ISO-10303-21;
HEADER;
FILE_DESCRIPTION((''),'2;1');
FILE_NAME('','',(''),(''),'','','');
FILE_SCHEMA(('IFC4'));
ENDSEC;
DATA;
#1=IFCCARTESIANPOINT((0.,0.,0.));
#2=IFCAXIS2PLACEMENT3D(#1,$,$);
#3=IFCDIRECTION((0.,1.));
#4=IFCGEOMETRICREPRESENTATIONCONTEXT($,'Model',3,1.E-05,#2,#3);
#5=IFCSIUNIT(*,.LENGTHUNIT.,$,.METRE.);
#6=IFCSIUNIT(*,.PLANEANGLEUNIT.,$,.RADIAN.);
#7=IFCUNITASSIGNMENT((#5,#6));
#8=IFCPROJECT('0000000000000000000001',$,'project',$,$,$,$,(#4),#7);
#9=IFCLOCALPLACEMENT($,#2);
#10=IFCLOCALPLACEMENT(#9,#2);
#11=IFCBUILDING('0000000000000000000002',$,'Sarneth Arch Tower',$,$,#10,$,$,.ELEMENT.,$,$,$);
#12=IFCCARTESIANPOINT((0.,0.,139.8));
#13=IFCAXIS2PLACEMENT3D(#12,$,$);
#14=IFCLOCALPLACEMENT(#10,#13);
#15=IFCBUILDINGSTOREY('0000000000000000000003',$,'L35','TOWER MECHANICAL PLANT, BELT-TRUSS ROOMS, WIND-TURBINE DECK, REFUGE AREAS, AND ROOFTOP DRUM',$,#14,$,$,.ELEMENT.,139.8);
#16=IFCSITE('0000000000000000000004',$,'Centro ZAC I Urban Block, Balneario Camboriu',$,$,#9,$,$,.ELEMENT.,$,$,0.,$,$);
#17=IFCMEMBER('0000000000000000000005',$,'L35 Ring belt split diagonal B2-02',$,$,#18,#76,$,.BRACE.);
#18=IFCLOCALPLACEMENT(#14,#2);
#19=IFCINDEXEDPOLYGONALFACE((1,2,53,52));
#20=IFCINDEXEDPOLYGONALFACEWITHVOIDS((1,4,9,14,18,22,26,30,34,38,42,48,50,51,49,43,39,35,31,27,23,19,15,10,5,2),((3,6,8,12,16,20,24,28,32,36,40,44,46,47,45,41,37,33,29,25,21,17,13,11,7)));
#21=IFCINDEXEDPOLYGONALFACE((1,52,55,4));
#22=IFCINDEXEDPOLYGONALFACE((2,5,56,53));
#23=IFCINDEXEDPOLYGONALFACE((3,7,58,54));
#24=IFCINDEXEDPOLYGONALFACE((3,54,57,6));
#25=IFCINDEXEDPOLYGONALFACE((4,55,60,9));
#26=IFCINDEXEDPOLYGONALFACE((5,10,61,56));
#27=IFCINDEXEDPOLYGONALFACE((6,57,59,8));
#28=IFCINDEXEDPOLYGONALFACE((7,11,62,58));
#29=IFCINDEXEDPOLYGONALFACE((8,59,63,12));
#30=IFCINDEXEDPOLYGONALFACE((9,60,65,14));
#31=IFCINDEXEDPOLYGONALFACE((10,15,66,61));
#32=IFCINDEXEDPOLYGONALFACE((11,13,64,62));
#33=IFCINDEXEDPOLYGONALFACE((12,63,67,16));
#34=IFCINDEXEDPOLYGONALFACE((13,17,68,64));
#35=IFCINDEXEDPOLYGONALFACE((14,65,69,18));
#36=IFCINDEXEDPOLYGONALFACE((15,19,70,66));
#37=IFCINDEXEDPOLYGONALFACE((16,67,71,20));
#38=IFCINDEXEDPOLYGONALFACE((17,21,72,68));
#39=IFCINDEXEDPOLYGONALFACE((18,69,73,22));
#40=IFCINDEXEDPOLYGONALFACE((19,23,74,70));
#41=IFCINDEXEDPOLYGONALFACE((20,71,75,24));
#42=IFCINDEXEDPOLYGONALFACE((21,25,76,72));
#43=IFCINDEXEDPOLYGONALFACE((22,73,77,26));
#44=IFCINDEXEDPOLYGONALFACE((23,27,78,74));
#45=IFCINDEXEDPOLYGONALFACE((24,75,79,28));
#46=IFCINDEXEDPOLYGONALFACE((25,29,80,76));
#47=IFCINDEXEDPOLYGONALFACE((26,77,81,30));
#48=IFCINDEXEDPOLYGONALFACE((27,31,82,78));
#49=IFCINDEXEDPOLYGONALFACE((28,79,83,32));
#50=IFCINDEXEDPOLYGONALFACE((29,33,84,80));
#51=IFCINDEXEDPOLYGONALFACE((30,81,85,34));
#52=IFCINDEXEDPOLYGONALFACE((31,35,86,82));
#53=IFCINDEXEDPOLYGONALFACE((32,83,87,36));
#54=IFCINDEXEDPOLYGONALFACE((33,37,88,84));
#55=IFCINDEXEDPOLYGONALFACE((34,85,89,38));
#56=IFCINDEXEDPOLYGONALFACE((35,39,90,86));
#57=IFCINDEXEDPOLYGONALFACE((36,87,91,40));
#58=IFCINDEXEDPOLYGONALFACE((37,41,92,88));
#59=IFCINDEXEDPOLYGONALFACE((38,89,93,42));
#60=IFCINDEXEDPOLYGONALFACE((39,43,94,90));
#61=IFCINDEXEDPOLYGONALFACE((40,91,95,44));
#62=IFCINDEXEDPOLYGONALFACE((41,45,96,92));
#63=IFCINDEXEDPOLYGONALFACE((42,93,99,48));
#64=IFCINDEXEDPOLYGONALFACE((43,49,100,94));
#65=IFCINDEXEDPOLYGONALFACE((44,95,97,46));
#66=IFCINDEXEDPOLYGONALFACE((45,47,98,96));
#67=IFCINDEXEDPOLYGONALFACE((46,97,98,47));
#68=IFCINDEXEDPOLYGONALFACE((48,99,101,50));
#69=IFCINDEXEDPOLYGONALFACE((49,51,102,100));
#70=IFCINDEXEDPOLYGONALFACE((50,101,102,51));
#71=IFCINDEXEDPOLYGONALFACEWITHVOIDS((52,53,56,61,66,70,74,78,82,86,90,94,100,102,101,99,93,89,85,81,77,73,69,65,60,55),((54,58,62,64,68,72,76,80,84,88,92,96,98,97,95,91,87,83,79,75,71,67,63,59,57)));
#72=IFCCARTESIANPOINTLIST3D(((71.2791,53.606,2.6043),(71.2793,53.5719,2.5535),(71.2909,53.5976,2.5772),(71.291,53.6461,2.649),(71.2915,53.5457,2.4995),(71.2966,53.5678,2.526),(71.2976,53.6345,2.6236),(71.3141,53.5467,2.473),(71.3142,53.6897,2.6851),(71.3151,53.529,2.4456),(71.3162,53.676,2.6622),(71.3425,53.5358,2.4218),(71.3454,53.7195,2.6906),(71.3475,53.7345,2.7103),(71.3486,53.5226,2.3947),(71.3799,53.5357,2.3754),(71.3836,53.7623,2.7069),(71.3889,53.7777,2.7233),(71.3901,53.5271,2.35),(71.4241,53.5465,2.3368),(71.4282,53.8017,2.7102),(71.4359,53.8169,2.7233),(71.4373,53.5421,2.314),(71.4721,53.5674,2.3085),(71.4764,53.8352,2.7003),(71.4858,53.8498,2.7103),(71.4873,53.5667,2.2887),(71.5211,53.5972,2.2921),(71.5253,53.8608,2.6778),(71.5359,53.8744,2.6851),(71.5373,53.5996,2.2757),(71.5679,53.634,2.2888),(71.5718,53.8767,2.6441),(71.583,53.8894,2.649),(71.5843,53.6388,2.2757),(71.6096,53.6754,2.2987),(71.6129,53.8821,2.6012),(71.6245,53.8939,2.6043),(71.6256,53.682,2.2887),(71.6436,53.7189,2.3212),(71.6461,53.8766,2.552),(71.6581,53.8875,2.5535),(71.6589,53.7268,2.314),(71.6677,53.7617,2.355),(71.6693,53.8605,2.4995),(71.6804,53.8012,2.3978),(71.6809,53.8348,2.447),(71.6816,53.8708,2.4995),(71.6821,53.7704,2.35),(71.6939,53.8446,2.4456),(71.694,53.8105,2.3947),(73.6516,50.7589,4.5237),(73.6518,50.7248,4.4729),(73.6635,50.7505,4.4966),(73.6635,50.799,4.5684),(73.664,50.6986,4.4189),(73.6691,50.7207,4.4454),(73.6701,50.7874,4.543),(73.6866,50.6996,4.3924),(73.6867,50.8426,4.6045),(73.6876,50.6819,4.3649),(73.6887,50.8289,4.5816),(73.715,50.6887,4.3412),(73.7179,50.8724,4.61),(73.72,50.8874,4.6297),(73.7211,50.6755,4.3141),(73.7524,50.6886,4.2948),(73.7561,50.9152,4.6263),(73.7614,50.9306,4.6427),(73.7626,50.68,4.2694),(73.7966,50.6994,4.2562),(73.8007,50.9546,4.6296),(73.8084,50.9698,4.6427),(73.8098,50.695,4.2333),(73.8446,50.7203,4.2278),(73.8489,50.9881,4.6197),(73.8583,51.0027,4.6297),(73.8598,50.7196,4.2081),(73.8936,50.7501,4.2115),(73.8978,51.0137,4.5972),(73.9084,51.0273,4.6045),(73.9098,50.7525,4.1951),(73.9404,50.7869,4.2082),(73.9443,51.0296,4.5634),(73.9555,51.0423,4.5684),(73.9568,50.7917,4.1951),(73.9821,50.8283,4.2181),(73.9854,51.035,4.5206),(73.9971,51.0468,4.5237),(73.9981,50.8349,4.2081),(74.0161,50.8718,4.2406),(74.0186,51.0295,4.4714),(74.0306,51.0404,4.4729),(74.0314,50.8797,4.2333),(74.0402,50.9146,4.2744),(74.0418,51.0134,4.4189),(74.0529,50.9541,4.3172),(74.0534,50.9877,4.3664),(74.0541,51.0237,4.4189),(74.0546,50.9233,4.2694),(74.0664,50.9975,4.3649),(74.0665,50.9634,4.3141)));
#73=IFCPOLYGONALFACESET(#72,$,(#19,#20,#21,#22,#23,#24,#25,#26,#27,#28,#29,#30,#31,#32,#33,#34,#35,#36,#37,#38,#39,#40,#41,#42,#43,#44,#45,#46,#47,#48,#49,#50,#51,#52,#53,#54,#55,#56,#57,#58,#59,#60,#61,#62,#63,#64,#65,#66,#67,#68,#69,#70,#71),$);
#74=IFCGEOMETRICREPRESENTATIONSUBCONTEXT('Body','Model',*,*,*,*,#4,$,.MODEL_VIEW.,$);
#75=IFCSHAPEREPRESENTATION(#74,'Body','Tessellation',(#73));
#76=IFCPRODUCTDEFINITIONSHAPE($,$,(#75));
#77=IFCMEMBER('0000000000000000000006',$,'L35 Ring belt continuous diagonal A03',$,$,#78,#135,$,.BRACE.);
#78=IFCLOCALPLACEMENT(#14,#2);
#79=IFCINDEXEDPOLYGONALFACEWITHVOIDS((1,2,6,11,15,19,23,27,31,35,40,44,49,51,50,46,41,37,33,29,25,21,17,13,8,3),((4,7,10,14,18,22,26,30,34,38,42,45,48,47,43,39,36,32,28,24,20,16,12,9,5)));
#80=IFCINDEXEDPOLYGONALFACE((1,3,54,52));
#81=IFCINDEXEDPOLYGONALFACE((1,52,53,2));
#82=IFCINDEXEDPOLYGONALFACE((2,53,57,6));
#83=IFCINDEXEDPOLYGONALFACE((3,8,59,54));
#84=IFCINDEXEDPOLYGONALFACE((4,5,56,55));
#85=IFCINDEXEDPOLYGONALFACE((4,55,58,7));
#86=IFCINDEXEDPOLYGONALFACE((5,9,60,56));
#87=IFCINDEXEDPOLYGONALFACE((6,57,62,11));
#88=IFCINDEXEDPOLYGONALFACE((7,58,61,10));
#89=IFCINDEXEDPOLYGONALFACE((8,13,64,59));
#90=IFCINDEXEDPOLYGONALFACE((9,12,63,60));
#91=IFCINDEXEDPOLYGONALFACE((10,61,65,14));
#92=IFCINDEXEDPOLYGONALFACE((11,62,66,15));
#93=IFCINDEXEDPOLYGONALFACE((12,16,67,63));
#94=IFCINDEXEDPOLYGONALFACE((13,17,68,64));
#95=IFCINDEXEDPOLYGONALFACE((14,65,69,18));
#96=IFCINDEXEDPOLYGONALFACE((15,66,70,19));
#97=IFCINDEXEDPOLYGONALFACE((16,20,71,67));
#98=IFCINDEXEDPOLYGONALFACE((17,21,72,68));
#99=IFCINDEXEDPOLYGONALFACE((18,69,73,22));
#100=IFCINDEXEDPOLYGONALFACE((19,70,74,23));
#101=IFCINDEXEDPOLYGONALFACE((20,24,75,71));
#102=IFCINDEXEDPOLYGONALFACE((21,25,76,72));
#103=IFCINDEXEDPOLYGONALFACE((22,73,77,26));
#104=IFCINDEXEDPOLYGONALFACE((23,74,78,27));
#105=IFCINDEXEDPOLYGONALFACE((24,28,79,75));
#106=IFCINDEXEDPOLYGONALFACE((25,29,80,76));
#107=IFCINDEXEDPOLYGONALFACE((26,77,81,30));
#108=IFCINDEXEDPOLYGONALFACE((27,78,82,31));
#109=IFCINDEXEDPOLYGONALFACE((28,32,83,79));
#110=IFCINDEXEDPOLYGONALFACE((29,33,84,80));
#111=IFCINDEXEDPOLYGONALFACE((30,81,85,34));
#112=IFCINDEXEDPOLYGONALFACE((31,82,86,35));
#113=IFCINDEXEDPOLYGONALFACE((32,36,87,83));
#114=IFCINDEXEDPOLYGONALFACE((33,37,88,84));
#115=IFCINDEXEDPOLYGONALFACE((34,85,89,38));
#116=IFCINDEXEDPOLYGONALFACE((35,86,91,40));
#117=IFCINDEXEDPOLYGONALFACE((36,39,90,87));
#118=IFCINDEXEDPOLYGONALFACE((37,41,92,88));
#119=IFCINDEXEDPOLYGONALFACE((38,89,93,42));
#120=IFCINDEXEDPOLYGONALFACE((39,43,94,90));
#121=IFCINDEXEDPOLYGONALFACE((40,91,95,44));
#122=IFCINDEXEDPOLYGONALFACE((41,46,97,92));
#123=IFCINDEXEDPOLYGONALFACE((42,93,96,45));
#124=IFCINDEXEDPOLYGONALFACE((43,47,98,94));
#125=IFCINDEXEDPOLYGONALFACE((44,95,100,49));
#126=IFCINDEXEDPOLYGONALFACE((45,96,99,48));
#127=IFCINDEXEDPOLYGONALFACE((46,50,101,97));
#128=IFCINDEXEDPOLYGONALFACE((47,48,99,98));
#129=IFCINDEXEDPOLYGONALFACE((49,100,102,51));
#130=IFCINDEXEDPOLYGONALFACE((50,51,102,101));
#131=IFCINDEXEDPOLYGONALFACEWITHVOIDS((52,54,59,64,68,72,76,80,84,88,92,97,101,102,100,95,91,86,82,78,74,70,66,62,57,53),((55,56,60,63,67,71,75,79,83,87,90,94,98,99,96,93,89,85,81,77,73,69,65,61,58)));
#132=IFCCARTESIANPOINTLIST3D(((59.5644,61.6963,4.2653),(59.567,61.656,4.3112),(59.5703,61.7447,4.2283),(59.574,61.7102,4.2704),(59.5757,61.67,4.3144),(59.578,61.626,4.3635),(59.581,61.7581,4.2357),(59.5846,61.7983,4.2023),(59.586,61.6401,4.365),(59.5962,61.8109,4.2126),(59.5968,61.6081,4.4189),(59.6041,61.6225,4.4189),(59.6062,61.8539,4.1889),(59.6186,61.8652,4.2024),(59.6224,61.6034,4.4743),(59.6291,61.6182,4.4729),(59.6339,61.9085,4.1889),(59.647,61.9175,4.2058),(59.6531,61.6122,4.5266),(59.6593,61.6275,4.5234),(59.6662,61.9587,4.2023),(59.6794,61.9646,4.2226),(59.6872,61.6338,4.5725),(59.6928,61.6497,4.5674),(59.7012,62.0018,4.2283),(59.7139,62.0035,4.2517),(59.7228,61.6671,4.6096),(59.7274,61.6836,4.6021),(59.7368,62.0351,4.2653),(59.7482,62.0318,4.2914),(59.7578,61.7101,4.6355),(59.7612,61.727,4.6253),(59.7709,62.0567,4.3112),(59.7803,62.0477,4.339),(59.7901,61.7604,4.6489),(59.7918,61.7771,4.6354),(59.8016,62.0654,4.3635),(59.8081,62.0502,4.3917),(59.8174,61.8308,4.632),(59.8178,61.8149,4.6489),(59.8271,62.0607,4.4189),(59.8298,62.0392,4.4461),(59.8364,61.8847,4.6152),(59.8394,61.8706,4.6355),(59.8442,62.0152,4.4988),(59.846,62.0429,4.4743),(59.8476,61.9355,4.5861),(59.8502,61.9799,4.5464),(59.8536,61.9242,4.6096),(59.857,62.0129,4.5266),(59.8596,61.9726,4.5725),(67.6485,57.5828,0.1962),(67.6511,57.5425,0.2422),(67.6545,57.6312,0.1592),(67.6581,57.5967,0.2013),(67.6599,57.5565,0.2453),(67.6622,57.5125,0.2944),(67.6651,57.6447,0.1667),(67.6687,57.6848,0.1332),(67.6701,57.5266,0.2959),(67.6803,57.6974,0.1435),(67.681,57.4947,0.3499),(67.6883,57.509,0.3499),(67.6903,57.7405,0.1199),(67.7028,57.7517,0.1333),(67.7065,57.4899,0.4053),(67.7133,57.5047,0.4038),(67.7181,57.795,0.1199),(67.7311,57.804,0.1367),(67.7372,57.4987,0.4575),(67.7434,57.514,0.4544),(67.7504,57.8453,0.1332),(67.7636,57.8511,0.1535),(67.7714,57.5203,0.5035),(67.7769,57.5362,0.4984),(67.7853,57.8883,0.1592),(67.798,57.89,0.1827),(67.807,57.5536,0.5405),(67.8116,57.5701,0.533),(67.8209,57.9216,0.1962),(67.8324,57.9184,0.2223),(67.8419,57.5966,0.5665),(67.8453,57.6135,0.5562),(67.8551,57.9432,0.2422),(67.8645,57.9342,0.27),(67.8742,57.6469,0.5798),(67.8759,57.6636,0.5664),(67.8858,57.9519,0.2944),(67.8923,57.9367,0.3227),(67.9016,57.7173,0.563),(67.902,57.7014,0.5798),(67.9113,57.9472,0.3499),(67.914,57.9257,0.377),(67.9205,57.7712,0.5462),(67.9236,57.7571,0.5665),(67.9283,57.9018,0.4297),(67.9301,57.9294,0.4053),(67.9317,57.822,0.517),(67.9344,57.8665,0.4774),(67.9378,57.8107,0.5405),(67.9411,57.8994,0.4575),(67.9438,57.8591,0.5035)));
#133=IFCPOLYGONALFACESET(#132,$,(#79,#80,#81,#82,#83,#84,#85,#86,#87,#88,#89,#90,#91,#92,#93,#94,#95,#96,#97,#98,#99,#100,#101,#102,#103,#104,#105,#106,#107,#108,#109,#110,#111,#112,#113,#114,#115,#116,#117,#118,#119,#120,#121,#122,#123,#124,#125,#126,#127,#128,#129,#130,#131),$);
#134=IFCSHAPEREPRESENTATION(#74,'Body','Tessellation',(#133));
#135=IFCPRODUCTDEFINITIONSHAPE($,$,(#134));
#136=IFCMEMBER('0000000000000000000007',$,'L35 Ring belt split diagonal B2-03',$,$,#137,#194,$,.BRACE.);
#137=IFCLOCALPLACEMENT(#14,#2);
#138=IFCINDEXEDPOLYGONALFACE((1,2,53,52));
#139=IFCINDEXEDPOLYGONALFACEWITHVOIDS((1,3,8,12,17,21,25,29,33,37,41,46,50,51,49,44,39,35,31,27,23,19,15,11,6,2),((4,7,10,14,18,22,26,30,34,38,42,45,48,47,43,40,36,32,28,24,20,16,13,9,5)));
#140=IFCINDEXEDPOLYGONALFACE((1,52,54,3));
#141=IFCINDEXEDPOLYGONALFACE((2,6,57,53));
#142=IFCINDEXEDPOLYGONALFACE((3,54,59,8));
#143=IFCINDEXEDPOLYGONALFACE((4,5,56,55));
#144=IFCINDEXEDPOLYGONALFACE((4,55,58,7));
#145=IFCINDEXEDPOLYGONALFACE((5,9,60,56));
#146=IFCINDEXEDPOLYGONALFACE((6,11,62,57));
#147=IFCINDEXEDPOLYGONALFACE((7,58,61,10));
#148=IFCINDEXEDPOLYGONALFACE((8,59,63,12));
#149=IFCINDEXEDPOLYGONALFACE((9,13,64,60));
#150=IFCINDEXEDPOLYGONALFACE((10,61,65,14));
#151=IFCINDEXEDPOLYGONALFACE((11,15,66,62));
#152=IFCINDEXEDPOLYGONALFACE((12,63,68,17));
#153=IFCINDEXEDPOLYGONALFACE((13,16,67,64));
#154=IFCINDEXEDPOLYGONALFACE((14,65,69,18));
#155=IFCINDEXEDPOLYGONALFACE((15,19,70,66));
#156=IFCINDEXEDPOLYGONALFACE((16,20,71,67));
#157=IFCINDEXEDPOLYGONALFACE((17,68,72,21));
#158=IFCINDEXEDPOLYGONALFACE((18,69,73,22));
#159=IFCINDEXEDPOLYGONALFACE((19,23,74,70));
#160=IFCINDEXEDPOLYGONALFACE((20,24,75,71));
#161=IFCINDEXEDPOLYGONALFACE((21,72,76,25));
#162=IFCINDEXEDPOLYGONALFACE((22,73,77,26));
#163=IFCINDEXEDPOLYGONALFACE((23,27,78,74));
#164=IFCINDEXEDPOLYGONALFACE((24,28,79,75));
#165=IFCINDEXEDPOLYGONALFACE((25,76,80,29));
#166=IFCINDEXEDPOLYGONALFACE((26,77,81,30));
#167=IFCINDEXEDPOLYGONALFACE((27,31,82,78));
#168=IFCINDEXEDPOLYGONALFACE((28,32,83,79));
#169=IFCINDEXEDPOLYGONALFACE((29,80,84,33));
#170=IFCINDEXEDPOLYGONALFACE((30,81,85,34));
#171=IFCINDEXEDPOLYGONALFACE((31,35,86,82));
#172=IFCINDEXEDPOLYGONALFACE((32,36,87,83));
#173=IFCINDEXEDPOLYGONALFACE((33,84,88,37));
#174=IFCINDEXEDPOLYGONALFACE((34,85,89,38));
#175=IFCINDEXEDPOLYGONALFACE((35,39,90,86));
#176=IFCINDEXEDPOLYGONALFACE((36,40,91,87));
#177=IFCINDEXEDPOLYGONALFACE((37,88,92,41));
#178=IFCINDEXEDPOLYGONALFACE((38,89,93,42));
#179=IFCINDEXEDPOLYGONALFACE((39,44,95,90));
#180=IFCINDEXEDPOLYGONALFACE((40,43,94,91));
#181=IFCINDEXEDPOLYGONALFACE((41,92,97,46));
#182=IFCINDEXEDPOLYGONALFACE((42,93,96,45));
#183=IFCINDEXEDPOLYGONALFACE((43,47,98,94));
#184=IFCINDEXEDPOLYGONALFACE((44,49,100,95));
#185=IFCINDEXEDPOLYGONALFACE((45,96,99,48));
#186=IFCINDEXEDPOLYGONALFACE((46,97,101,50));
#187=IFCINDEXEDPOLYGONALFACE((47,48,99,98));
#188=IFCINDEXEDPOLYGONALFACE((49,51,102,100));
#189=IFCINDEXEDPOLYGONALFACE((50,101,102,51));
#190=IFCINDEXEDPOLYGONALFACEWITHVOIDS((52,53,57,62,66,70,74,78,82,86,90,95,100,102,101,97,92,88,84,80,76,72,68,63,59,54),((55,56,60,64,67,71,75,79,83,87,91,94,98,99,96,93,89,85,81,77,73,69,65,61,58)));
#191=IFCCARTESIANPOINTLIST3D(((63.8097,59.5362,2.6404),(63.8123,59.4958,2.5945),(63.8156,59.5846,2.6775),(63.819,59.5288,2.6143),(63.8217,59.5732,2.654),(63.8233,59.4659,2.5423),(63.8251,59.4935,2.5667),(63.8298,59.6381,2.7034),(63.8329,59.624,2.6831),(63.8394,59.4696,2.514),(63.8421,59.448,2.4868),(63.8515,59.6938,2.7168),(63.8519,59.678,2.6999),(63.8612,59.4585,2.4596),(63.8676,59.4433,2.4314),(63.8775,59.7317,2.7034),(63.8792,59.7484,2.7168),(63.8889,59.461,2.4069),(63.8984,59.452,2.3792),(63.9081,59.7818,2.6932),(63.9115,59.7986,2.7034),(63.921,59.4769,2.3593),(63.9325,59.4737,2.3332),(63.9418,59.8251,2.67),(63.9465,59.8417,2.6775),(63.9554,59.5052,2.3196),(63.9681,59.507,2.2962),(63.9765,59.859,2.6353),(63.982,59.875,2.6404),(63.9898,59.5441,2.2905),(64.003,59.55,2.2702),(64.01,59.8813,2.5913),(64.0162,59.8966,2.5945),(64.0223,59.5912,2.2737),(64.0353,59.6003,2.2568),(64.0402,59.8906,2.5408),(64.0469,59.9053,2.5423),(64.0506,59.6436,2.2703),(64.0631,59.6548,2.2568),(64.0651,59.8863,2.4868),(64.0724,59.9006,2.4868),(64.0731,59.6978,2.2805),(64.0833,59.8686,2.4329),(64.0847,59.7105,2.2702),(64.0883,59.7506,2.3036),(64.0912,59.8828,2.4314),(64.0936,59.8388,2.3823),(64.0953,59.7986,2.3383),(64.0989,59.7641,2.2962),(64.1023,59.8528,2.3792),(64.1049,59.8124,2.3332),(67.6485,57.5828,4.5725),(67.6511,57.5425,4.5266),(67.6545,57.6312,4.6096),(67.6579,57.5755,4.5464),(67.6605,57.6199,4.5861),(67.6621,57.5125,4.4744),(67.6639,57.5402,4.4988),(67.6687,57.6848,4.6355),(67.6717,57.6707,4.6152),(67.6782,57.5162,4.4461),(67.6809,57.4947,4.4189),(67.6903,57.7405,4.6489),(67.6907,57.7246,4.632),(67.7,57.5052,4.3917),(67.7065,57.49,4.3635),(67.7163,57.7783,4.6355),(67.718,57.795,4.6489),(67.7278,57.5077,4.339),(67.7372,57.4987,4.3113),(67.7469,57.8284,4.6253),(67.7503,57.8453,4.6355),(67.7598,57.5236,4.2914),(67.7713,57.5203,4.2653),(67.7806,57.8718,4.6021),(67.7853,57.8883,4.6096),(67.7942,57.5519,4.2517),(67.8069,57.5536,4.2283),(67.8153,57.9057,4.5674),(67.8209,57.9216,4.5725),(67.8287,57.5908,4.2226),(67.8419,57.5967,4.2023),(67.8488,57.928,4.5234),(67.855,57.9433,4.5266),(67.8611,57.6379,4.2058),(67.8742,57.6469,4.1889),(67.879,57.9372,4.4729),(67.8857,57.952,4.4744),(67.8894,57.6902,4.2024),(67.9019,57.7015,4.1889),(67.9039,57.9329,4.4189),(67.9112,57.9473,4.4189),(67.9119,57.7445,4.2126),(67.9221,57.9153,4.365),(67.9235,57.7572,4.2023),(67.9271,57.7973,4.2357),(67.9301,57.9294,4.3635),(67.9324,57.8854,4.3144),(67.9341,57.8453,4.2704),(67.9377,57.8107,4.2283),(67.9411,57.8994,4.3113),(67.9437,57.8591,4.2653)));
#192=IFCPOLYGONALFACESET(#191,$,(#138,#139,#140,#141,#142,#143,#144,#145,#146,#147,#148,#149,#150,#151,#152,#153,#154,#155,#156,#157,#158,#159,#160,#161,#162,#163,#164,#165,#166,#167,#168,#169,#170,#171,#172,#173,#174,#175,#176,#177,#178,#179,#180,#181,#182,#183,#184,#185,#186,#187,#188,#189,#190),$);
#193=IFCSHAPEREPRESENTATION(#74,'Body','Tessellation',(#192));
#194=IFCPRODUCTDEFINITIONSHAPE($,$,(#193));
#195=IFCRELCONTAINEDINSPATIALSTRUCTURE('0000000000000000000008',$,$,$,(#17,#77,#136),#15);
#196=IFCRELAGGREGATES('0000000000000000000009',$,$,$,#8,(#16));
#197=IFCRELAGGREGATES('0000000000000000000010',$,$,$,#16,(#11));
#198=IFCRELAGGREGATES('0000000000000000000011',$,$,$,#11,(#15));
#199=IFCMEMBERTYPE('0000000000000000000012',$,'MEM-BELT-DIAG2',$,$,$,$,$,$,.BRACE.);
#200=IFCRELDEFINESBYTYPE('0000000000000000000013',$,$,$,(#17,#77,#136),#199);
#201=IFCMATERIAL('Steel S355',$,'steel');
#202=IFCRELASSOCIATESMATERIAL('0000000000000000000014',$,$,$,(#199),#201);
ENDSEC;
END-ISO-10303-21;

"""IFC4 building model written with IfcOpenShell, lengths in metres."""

from ifc_helpers import new_model, si_unit, direction, frame, origin, origin_2d, place, context, subcontext, project, spatial, hollow_circle, extrude, material, material_profile, profile_set, type_object, element, save


model = new_model("IFC4")

# Units and contexts
model_context = context("Model", 3, precision=1e-05, world=origin(), true_north=direction((0.0, 1.0)))
body_context = subcontext(model_context, "Body", "Model", "MODEL_VIEW")
ifc_project = project(units=[si_unit("LENGTHUNIT", "METRE"), si_unit("PLANEANGLEUNIT", "RADIAN")], contexts=[model_context])

# Site, building, storey
site_placement = place(None, origin())
site = spatial("IfcSite", under=ifc_project, at=site_placement, Name="Centro ZAC I Urban Block, Balneario Camboriu", CompositionType="ELEMENT", RefElevation=0.0)
building_placement = place(site_placement, origin())
building = spatial("IfcBuilding", under=site, at=building_placement, Name="Sarneth Arch Tower", CompositionType="ELEMENT")
storey_placement = place(building_placement, frame((0.0, 0.0, 139.8)))
storey = spatial("IfcBuildingStorey", under=building, at=storey_placement, Name="L35", Description="TOWER MECHANICAL PLANT, BELT-TRUSS ROOMS, WIND-TURBINE DECK, REFUGE AREAS, AND ROOFTOP DRUM", CompositionType="ELEMENT", Elevation=139.8)

# Members
ifc_material_1 = material(Name="Steel S355", Category="steel")
ifc_material_profile_1 = material_profile(ifc_material_1, hollow_circle(Radius=0.2539, WallThickness=0.0161, at=origin_2d()), Name="CHS508x16")
ifc_profile_set_1 = profile_set([ifc_material_profile_1], Name="Steel S355")
member_type_1 = type_object("IfcMemberType", Name="MEM-BELT-DIAG2", PredefinedType="BRACE", material=ifc_profile_set_1)
member_1_placement = place(storey_placement, frame((71.4866, 53.7083, 2.4995), z_axis=(0.568457, -0.682172, 0.45989), x_axis=(0.768232, 0.640171, 0.0)))
element("IfcMember", 1, at=member_1_placement, inside=storey, type_object=member_type_1, Name="L35 Ring belt split diagonal B2-02", PredefinedType="BRACE", context=body_context, shape_type="SweptSolid", body=[
    extrude(hollow_circle(Radius=0.2539, WallThickness=0.0161, at=origin_2d()), origin(), (0.0, 0.0, 1.0), 4.1736),
])
member_2_placement = place(storey_placement, frame((67.7961, 57.7209, 0.3499), z_axis=(-0.81318, 0.413773, 0.409304), x_axis=(-0.453501, -0.891256, 0.0)))
element("IfcMember", 2, at=member_2_placement, inside=storey, type_object=member_type_1, Name="L35 Ring belt continuous diagonal A03", PredefinedType="BRACE", context=body_context, shape_type="SweptSolid", body=[
    extrude(hollow_circle(Radius=0.2539, WallThickness=0.0161, at=origin_2d()), origin(), (0.0, 0.0, 1.0), 9.9414),
])
member_3_placement = place(storey_placement, frame((63.9573, 59.6743, 2.4868), z_axis=(0.813187, -0.413782, 0.409283), x_axis=(0.453505, 0.891254, 0.0)))
element("IfcMember", 3, at=member_3_placement, inside=storey, type_object=member_type_1, Name="L35 Ring belt split diagonal B2-03", PredefinedType="BRACE", context=body_context, shape_type="SweptSolid", body=[
    extrude(hollow_circle(Radius=0.2539, WallThickness=0.0161, at=origin_2d()), origin(), (0.0, 0.0, 1.0), 4.7207),
])

save(model, "model.ifc")
